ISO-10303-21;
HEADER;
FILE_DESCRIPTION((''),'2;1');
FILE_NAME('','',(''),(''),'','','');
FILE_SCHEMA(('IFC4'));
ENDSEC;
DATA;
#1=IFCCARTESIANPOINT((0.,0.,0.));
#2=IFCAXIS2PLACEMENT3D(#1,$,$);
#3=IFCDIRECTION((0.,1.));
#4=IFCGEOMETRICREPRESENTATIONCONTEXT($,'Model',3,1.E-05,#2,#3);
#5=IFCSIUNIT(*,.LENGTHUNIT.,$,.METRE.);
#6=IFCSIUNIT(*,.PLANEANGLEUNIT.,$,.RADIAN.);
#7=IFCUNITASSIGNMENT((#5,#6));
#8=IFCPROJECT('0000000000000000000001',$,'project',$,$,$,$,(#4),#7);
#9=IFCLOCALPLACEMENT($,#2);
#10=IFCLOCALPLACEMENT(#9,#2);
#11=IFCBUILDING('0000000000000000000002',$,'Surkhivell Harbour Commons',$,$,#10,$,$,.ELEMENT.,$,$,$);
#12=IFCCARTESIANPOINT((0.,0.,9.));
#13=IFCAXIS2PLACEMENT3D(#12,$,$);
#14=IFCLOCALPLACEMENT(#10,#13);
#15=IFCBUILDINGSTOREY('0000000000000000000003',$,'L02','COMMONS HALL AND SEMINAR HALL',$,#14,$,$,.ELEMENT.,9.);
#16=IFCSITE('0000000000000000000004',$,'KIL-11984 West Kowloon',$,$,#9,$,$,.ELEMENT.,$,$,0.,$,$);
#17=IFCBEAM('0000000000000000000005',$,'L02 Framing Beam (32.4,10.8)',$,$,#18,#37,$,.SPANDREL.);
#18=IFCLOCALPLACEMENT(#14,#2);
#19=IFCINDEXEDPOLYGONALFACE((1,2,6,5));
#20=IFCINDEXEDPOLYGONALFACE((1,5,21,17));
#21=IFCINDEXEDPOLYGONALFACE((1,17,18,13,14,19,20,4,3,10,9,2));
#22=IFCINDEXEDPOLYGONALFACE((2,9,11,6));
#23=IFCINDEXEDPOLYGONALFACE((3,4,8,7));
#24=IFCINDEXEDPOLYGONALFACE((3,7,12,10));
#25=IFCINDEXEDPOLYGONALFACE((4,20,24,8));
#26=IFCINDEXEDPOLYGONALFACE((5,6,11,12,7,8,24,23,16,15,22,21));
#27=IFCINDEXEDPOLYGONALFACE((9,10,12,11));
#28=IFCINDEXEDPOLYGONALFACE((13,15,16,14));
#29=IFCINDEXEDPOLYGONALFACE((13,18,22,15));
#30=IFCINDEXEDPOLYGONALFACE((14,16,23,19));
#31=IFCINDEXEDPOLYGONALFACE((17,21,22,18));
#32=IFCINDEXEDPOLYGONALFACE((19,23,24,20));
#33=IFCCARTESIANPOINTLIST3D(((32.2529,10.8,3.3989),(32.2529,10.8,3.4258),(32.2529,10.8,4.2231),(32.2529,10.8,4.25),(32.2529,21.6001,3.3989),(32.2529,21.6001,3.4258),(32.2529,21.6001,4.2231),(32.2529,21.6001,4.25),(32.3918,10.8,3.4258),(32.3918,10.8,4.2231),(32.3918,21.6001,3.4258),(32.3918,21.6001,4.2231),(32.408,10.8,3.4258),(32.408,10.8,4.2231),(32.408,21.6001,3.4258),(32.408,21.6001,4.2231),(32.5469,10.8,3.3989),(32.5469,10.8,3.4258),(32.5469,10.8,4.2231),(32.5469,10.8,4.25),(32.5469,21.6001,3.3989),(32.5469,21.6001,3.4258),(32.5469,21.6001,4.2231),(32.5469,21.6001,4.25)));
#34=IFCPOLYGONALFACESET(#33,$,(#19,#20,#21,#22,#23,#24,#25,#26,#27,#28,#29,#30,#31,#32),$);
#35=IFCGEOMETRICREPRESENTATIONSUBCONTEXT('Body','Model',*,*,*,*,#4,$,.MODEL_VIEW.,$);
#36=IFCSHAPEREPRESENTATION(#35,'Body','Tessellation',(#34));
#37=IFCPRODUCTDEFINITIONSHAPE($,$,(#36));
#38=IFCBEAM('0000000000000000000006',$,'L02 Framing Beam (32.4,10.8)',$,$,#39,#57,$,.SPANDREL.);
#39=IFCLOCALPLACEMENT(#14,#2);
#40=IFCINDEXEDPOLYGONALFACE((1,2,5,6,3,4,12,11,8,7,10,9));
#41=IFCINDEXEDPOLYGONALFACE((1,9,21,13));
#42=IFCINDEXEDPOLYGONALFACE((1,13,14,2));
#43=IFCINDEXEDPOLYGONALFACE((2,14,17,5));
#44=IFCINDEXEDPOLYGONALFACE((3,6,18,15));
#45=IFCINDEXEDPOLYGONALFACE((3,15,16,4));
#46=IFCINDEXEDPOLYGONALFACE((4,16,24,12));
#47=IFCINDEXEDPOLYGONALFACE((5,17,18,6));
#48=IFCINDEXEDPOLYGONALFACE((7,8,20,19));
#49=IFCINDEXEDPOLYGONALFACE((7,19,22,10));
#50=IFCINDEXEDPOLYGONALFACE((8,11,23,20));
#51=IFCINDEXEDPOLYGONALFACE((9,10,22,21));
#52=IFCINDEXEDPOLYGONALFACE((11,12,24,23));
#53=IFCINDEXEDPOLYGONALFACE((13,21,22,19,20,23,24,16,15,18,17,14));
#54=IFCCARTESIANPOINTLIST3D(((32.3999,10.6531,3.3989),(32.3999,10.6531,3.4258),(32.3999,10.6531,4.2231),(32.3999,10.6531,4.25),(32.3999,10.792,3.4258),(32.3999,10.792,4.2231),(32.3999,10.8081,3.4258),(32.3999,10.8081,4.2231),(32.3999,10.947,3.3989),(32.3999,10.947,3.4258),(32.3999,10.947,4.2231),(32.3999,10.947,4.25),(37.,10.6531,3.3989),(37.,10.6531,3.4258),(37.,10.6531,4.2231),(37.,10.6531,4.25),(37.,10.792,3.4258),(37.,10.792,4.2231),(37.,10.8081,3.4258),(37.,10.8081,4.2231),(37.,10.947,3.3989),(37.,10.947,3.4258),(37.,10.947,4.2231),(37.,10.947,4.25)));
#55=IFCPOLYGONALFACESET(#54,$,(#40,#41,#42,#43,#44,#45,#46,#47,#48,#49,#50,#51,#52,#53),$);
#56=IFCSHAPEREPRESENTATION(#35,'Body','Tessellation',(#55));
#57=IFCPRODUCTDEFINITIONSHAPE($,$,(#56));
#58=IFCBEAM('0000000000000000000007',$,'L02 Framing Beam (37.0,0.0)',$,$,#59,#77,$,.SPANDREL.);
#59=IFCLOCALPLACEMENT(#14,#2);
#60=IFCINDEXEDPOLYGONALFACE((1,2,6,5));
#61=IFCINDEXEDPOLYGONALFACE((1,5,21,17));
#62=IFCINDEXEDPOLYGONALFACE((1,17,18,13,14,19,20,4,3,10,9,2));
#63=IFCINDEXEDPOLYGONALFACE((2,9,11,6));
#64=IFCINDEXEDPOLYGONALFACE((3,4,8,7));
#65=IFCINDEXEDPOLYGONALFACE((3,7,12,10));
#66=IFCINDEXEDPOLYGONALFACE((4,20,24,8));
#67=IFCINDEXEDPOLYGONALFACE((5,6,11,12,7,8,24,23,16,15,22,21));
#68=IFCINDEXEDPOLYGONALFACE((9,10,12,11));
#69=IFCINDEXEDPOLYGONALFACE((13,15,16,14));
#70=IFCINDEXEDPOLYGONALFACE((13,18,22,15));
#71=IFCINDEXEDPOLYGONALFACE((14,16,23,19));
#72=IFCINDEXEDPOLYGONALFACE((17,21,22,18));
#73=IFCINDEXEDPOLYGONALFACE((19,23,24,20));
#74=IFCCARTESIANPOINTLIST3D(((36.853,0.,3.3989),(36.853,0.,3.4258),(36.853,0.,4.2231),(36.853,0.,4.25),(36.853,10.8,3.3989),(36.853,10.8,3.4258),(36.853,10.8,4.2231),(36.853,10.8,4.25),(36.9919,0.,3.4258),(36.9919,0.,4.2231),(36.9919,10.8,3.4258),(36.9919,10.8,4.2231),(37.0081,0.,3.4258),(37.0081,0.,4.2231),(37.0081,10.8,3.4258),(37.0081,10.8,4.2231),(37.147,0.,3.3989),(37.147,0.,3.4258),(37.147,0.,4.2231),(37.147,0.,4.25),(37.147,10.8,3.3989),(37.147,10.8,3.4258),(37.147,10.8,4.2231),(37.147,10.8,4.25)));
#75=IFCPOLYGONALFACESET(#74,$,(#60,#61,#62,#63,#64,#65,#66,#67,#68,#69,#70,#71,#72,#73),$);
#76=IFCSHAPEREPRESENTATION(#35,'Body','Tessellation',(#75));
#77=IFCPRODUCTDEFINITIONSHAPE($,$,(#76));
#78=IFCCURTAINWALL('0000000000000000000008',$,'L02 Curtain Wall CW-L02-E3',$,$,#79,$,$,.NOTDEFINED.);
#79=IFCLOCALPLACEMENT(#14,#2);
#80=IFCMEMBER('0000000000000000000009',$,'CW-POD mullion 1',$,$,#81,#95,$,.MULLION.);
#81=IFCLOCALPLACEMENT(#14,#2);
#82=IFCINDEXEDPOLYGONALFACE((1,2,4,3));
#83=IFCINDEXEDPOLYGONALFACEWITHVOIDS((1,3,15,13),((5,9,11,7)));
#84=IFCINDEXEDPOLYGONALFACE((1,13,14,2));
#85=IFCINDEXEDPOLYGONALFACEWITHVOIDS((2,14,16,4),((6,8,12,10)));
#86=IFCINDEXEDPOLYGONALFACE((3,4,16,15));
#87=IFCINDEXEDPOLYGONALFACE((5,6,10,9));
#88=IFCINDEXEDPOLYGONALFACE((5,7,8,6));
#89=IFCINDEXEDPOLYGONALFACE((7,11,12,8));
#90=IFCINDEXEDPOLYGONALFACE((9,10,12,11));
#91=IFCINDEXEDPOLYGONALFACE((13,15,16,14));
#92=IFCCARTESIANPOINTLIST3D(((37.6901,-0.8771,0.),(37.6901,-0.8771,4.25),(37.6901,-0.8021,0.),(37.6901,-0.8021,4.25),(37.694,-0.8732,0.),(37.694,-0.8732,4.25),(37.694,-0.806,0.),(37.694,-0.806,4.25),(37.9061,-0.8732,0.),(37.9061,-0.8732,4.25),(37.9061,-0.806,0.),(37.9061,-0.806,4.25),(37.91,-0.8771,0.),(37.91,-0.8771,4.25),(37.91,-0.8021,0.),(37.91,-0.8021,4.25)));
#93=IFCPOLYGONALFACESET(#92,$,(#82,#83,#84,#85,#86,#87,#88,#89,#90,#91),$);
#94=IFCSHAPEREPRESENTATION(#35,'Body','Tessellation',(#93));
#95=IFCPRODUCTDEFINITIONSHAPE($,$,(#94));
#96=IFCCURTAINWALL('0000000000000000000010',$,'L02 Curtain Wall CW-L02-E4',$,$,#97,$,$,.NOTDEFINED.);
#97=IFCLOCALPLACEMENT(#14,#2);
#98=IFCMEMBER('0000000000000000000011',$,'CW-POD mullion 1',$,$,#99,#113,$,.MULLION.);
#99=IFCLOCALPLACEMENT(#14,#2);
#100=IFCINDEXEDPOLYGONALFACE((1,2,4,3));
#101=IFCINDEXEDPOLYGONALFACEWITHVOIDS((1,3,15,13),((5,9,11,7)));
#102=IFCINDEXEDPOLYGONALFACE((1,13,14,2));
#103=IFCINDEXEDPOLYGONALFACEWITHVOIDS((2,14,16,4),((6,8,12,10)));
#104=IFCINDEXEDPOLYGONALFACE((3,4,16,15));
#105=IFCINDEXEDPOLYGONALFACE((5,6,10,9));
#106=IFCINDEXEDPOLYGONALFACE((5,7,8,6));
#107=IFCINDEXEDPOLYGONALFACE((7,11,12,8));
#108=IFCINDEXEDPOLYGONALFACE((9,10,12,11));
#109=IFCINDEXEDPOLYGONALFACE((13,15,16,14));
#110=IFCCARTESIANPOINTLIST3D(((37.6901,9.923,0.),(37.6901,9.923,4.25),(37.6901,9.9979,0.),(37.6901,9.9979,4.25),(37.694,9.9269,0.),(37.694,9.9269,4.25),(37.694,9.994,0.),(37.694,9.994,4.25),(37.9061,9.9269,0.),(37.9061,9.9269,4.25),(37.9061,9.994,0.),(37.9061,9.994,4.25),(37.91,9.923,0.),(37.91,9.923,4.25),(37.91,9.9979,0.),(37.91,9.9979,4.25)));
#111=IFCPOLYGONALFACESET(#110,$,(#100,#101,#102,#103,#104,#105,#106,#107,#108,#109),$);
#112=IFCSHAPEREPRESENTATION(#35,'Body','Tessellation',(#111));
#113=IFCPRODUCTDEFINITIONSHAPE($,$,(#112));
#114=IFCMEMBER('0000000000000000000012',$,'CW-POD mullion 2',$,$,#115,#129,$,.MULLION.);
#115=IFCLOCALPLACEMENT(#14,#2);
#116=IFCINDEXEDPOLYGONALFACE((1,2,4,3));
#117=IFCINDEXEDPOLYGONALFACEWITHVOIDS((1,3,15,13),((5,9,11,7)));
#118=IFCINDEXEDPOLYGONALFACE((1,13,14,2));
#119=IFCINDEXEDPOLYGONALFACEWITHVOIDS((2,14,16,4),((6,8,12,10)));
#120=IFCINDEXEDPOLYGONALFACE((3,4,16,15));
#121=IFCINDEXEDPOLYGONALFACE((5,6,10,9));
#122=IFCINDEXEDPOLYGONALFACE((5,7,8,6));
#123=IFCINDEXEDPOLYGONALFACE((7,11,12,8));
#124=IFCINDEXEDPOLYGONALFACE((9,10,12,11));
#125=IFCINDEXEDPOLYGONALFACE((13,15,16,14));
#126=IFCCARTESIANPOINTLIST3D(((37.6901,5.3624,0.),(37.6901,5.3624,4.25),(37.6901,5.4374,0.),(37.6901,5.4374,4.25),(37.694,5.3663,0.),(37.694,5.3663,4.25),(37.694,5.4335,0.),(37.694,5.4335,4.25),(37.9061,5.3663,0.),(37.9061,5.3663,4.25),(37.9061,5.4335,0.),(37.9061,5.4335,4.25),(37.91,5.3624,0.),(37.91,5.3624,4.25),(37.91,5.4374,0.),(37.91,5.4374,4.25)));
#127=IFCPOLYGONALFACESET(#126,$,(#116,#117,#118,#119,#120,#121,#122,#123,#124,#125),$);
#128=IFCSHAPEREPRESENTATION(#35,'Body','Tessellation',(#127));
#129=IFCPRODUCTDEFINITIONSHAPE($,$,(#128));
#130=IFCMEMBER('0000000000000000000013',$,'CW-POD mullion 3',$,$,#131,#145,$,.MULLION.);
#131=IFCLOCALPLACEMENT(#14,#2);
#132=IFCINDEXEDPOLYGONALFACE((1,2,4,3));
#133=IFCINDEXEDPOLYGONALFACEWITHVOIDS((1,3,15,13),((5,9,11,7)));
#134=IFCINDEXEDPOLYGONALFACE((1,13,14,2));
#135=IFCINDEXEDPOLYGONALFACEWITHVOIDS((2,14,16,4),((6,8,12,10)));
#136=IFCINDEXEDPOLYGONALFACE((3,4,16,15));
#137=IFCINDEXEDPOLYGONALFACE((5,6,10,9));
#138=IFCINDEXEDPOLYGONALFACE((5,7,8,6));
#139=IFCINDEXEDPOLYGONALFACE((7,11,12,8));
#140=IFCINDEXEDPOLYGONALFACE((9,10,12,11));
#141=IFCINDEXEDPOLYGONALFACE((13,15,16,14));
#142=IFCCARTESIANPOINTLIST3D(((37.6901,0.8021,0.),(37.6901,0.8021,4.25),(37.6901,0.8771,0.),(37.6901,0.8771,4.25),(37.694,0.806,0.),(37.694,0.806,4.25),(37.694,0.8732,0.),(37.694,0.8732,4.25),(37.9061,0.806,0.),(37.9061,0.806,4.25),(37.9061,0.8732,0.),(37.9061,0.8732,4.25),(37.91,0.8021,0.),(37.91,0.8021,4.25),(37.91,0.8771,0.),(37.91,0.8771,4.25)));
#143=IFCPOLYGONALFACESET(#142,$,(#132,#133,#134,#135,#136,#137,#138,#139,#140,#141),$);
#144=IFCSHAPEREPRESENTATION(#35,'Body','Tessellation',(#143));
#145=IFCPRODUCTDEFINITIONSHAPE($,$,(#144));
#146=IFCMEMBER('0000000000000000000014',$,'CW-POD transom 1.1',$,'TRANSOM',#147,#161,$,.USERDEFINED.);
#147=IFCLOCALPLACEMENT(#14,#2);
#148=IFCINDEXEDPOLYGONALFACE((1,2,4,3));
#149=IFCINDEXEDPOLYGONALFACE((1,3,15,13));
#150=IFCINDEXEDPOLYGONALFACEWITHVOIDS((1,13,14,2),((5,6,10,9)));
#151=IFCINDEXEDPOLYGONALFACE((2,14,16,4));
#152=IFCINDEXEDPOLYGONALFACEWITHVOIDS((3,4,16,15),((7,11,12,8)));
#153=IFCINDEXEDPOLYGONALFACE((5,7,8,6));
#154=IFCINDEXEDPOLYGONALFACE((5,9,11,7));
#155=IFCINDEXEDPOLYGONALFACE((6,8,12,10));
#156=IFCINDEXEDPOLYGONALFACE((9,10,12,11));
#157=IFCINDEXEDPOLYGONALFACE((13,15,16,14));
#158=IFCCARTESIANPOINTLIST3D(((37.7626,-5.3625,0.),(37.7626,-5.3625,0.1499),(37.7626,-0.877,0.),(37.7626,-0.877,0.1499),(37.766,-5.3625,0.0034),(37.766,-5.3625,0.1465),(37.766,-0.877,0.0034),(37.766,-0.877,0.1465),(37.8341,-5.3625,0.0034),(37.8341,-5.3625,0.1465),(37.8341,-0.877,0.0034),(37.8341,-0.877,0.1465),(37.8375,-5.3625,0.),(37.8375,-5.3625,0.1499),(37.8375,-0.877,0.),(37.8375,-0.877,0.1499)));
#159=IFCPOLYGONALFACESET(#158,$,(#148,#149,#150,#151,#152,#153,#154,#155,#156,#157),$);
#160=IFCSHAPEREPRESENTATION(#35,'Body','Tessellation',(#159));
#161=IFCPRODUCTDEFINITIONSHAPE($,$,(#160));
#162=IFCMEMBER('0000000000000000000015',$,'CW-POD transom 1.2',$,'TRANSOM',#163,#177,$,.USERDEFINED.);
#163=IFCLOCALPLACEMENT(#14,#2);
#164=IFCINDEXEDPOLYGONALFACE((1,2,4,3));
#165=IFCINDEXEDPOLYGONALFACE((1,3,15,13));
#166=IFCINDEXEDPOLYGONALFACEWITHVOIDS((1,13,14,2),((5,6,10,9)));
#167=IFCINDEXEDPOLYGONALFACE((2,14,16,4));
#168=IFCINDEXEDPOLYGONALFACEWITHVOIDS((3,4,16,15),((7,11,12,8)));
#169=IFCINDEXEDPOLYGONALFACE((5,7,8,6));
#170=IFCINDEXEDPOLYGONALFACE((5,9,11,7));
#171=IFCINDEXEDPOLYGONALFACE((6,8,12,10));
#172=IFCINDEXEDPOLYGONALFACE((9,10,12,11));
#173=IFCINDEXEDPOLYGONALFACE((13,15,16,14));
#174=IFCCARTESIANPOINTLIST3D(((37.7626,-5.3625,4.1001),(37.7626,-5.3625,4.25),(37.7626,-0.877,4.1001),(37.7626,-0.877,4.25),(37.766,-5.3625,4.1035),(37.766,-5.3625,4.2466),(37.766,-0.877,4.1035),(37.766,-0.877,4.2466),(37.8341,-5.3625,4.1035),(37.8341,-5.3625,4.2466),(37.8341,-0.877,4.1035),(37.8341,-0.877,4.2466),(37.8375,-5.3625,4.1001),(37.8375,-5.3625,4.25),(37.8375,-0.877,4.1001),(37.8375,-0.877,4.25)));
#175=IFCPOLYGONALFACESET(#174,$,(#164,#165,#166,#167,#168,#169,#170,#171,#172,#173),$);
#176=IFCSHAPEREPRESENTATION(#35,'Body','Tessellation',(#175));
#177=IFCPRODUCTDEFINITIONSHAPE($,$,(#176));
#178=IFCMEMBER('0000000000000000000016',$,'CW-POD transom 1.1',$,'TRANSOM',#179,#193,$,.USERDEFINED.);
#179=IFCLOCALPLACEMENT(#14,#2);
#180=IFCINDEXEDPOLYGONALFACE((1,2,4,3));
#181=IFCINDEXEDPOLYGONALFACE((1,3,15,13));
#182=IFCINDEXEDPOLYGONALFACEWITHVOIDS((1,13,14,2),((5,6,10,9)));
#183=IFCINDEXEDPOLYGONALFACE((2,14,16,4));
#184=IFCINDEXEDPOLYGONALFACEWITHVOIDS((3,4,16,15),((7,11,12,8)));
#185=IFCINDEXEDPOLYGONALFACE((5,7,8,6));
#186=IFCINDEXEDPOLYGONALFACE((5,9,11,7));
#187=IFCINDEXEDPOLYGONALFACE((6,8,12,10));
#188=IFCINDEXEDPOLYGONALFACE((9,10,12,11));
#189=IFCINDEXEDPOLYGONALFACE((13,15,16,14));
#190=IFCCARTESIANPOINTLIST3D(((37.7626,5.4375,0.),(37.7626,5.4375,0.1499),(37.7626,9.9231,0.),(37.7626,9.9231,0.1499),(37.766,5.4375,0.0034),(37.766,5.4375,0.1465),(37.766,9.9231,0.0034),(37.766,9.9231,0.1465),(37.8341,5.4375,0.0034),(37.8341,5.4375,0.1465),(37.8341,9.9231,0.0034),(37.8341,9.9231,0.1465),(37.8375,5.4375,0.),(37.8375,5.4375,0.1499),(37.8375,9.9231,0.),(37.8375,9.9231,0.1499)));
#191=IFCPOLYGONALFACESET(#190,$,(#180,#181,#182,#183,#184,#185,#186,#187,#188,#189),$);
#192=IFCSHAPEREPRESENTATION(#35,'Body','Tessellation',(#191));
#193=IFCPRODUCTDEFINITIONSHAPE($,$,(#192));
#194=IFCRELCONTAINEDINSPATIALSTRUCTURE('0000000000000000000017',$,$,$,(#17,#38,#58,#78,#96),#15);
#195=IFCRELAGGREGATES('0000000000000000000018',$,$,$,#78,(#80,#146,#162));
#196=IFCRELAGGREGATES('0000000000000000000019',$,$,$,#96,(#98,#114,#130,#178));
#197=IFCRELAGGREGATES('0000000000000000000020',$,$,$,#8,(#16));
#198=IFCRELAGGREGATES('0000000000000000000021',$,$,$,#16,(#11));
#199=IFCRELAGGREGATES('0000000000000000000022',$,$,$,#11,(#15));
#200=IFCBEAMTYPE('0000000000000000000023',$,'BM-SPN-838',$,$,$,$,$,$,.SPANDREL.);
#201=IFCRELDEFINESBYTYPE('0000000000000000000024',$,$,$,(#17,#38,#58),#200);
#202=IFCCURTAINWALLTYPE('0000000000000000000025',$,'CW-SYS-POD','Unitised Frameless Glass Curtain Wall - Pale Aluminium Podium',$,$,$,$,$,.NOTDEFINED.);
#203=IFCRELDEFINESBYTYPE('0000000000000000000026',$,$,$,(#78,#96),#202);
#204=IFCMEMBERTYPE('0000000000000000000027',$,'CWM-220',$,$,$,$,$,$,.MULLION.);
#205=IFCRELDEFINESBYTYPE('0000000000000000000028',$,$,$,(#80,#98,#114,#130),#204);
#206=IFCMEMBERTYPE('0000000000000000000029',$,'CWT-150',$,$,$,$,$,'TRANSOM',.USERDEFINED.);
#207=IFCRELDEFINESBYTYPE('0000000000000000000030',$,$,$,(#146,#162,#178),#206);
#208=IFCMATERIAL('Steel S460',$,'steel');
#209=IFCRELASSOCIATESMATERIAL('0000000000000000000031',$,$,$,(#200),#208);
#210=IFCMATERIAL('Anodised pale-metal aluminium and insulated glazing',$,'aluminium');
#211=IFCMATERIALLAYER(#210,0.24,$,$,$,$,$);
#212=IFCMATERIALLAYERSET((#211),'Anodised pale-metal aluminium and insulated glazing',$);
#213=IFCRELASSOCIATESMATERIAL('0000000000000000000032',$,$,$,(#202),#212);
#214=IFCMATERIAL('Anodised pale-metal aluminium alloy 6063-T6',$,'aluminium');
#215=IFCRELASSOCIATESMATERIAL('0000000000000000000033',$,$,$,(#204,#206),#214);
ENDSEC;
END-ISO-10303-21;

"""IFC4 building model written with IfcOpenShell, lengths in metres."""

from ifc_helpers import new_model, si_unit, direction, frame, origin, origin_2d, place, context, subcontext, project, spatial, hollow_rectangle, i_section, extrude, material, layer, layer_set, material_profile, profile_set, type_object, element, aggregate, save


model = new_model("IFC4")

# Units and contexts
model_context = context("Model", 3, precision=1e-05, world=origin(), true_north=direction((0.0, 1.0)))
body_context = subcontext(model_context, "Body", "Model", "MODEL_VIEW")
ifc_project = project(units=[si_unit("LENGTHUNIT", "METRE"), si_unit("PLANEANGLEUNIT", "RADIAN")], contexts=[model_context])

# Site, building, storey
site_placement = place(None, origin())
site = spatial("IfcSite", under=ifc_project, at=site_placement, Name="KIL-11984 West Kowloon", CompositionType="ELEMENT", RefElevation=0.0)
building_placement = place(site_placement, origin())
building = spatial("IfcBuilding", under=site, at=building_placement, Name="Surkhivell Harbour Commons", CompositionType="ELEMENT")
storey_placement = place(building_placement, frame((0.0, 0.0, 9.0)))
storey = spatial("IfcBuildingStorey", under=building, at=storey_placement, Name="L02", Description="COMMONS HALL AND SEMINAR HALL", CompositionType="ELEMENT", Elevation=9.0)

# Beams
ifc_material_1 = material(Name="Steel S460", Category="steel")
ifc_material_profile_1 = material_profile(ifc_material_1, i_section(OverallWidth=0.2939, OverallDepth=0.8511, WebThickness=0.0161, FlangeThickness=0.0269, at=origin_2d()), Name="UB838x292x226")
ifc_profile_set_1 = profile_set([ifc_material_profile_1], Name="Steel S460")
beam_type = type_object("IfcBeamType", Name="BM-SPN-838", PredefinedType="SPANDREL", material=ifc_profile_set_1)
beam_1_placement = place(storey_placement, frame((32.3999, 10.8, 3.8245), z_axis=(0.0, 1.0, 0.0), x_axis=(-1.0, 0.0, 0.0)))
element("IfcBeam", 1, at=beam_1_placement, inside=storey, type_object=beam_type, Name="L02 Framing Beam (32.4,10.8)", PredefinedType="SPANDREL", context=body_context, shape_type="SweptSolid", body=[
    extrude(i_section(OverallWidth=0.2939, OverallDepth=0.8511, WebThickness=0.0161, FlangeThickness=0.0269, at=origin_2d()), origin(), (0.0, 0.0, 1.0), 10.8),
])
beam_2_placement = place(storey_placement, frame((32.3999, 10.8, 3.8245), z_axis=(1.0, 0.0, 0.0), x_axis=(0.0, 1.0, 0.0)))
element("IfcBeam", 2, at=beam_2_placement, inside=storey, type_object=beam_type, Name="L02 Framing Beam (32.4,10.8)", PredefinedType="SPANDREL", context=body_context, shape_type="SweptSolid", body=[
    extrude(i_section(OverallWidth=0.2939, OverallDepth=0.8511, WebThickness=0.0161, FlangeThickness=0.0269, at=origin_2d()), origin(), (0.0, 0.0, 1.0), 4.6001),
])
beam_3_placement = place(storey_placement, frame((37.0, 0.0, 3.8245), z_axis=(0.0, 1.0, 0.0), x_axis=(-1.0, 0.0, 0.0)))
element("IfcBeam", 3, at=beam_3_placement, inside=storey, type_object=beam_type, Name="L02 Framing Beam (37.0,0.0)", PredefinedType="SPANDREL", context=body_context, shape_type="SweptSolid", body=[
    extrude(i_section(OverallWidth=0.2939, OverallDepth=0.8511, WebThickness=0.0161, FlangeThickness=0.0269, at=origin_2d()), origin(), (0.0, 0.0, 1.0), 10.8),
])

# Curtain wall, member
ifc_material_2 = material(Name="Anodised pale-metal aluminium and insulated glazing", Category="aluminium")
ifc_layer_1 = layer(ifc_material_2, 0.24)
ifc_layer_set_1 = layer_set([ifc_layer_1], Name="Anodised pale-metal aluminium and insulated glazing")
curtain_wall_type = type_object("IfcCurtainWallType", Name="CW-SYS-POD", Description="Unitised Frameless Glass Curtain Wall - Pale Aluminium Podium", PredefinedType="NOTDEFINED", material=ifc_layer_set_1)
curtain_wall_1_placement = place(storey_placement, origin())
curtain_wall_1 = element("IfcCurtainWall", 4, at=curtain_wall_1_placement, inside=storey, type_object=curtain_wall_type, Name="L02 Curtain Wall CW-L02-E3", PredefinedType="NOTDEFINED")
ifc_material_3 = material(Name="Anodised pale-metal aluminium alloy 6063-T6", Category="aluminium")
ifc_material_profile_2 = material_profile(ifc_material_3, hollow_rectangle(XDim=0.075, YDim=0.22, WallThickness=0.0039, at=origin_2d()), Name="ALU-MULL-75x220")
ifc_profile_set_2 = profile_set([ifc_material_profile_2], Name="Anodised pale-metal aluminium alloy 6063-T6")
member_type_1 = type_object("IfcMemberType", Name="CWM-220", PredefinedType="MULLION", material=ifc_profile_set_2)
member_1_placement = place(storey_placement, frame((37.8, -0.8396, 0.0), z_axis=(0.0, 0.0, 1.0), x_axis=(0.0, -1.0, 0.0)))
member_1 = element("IfcMember", 5, at=member_1_placement, type_object=member_type_1, Name="CW-POD mullion 1", PredefinedType="MULLION", context=body_context, shape_type="SweptSolid", body=[
    extrude(hollow_rectangle(XDim=0.075, YDim=0.22, WallThickness=0.0039, at=origin_2d()), origin(), (0.0, 0.0, 1.0), 4.25),
])

# Curtain wall, members
curtain_wall_2_placement = place(storey_placement, origin())
curtain_wall_2 = element("IfcCurtainWall", 6, at=curtain_wall_2_placement, inside=storey, type_object=curtain_wall_type, Name="L02 Curtain Wall CW-L02-E4", PredefinedType="NOTDEFINED")
member_2_placement = place(storey_placement, frame((37.8, 9.9604, 0.0), z_axis=(0.0, 0.0, 1.0), x_axis=(0.0, -1.0, 0.0)))
member_2 = element("IfcMember", 7, at=member_2_placement, type_object=member_type_1, Name="CW-POD mullion 1", PredefinedType="MULLION", context=body_context, shape_type="SweptSolid", body=[
    extrude(hollow_rectangle(XDim=0.075, YDim=0.22, WallThickness=0.0039, at=origin_2d()), origin(), (0.0, 0.0, 1.0), 4.25),
])
member_3_placement = place(storey_placement, frame((37.8, 5.3999, 0.0), z_axis=(0.0, 0.0, 1.0), x_axis=(0.0, -1.0, 0.0)))
member_3 = element("IfcMember", 8, at=member_3_placement, type_object=member_type_1, Name="CW-POD mullion 2", PredefinedType="MULLION", context=body_context, shape_type="SweptSolid", body=[
    extrude(hollow_rectangle(XDim=0.075, YDim=0.22, WallThickness=0.0039, at=origin_2d()), origin(), (0.0, 0.0, 1.0), 4.25),
])
member_4_placement = place(storey_placement, frame((37.8, 0.8396, 0.0), z_axis=(0.0, 0.0, 1.0), x_axis=(0.0, -1.0, 0.0)))
member_4 = element("IfcMember", 9, at=member_4_placement, type_object=member_type_1, Name="CW-POD mullion 3", PredefinedType="MULLION", context=body_context, shape_type="SweptSolid", body=[
    extrude(hollow_rectangle(XDim=0.075, YDim=0.22, WallThickness=0.0039, at=origin_2d()), origin(), (0.0, 0.0, 1.0), 4.25),
])

# Members
ifc_material_profile_3 = material_profile(ifc_material_3, hollow_rectangle(XDim=0.075, YDim=0.1499, WallThickness=0.0034, at=origin_2d()), Name="ALU-TRAN-75x150")
ifc_profile_set_3 = profile_set([ifc_material_profile_3], Name="Anodised pale-metal aluminium alloy 6063-T6")
member_type_2 = type_object("IfcMemberType", Name="CWT-150", ElementType="TRANSOM", PredefinedType="USERDEFINED", material=ifc_profile_set_3)
member_5_placement = place(storey_placement, frame((37.8, -0.877, 0.075), z_axis=(0.0, -1.0, 0.0), x_axis=(1.0, 0.0, 0.0)))
member_5 = element("IfcMember", 10, at=member_5_placement, type_object=member_type_2, Name="CW-POD transom 1.1", ObjectType="TRANSOM", PredefinedType="USERDEFINED", context=body_context, shape_type="SweptSolid", body=[
    extrude(hollow_rectangle(XDim=0.075, YDim=0.1499, WallThickness=0.0034, at=origin_2d()), origin(), (0.0, 0.0, 1.0), 4.4856),
])
member_6_placement = place(storey_placement, frame((37.8, -0.877, 4.175), z_axis=(0.0, -1.0, 0.0), x_axis=(1.0, 0.0, 0.0)))
member_6 = element("IfcMember", 11, at=member_6_placement, type_object=member_type_2, Name="CW-POD transom 1.2", ObjectType="TRANSOM", PredefinedType="USERDEFINED", context=body_context, shape_type="SweptSolid", body=[
    extrude(hollow_rectangle(XDim=0.075, YDim=0.1499, WallThickness=0.0034, at=origin_2d()), origin(), (0.0, 0.0, 1.0), 4.4856),
])
member_7_placement = place(storey_placement, frame((37.8, 9.9231, 0.075), z_axis=(0.0, -1.0, 0.0), x_axis=(1.0, 0.0, 0.0)))
member_7 = element("IfcMember", 12, at=member_7_placement, type_object=member_type_2, Name="CW-POD transom 1.1", ObjectType="TRANSOM", PredefinedType="USERDEFINED", context=body_context, shape_type="SweptSolid", body=[
    extrude(hollow_rectangle(XDim=0.075, YDim=0.1499, WallThickness=0.0034, at=origin_2d()), origin(), (0.0, 0.0, 1.0), 4.4856),
])

aggregate(curtain_wall_1, [member_1, member_5, member_6])
aggregate(curtain_wall_2, [member_2, member_3, member_4, member_7])

save(model, "model.ifc")
